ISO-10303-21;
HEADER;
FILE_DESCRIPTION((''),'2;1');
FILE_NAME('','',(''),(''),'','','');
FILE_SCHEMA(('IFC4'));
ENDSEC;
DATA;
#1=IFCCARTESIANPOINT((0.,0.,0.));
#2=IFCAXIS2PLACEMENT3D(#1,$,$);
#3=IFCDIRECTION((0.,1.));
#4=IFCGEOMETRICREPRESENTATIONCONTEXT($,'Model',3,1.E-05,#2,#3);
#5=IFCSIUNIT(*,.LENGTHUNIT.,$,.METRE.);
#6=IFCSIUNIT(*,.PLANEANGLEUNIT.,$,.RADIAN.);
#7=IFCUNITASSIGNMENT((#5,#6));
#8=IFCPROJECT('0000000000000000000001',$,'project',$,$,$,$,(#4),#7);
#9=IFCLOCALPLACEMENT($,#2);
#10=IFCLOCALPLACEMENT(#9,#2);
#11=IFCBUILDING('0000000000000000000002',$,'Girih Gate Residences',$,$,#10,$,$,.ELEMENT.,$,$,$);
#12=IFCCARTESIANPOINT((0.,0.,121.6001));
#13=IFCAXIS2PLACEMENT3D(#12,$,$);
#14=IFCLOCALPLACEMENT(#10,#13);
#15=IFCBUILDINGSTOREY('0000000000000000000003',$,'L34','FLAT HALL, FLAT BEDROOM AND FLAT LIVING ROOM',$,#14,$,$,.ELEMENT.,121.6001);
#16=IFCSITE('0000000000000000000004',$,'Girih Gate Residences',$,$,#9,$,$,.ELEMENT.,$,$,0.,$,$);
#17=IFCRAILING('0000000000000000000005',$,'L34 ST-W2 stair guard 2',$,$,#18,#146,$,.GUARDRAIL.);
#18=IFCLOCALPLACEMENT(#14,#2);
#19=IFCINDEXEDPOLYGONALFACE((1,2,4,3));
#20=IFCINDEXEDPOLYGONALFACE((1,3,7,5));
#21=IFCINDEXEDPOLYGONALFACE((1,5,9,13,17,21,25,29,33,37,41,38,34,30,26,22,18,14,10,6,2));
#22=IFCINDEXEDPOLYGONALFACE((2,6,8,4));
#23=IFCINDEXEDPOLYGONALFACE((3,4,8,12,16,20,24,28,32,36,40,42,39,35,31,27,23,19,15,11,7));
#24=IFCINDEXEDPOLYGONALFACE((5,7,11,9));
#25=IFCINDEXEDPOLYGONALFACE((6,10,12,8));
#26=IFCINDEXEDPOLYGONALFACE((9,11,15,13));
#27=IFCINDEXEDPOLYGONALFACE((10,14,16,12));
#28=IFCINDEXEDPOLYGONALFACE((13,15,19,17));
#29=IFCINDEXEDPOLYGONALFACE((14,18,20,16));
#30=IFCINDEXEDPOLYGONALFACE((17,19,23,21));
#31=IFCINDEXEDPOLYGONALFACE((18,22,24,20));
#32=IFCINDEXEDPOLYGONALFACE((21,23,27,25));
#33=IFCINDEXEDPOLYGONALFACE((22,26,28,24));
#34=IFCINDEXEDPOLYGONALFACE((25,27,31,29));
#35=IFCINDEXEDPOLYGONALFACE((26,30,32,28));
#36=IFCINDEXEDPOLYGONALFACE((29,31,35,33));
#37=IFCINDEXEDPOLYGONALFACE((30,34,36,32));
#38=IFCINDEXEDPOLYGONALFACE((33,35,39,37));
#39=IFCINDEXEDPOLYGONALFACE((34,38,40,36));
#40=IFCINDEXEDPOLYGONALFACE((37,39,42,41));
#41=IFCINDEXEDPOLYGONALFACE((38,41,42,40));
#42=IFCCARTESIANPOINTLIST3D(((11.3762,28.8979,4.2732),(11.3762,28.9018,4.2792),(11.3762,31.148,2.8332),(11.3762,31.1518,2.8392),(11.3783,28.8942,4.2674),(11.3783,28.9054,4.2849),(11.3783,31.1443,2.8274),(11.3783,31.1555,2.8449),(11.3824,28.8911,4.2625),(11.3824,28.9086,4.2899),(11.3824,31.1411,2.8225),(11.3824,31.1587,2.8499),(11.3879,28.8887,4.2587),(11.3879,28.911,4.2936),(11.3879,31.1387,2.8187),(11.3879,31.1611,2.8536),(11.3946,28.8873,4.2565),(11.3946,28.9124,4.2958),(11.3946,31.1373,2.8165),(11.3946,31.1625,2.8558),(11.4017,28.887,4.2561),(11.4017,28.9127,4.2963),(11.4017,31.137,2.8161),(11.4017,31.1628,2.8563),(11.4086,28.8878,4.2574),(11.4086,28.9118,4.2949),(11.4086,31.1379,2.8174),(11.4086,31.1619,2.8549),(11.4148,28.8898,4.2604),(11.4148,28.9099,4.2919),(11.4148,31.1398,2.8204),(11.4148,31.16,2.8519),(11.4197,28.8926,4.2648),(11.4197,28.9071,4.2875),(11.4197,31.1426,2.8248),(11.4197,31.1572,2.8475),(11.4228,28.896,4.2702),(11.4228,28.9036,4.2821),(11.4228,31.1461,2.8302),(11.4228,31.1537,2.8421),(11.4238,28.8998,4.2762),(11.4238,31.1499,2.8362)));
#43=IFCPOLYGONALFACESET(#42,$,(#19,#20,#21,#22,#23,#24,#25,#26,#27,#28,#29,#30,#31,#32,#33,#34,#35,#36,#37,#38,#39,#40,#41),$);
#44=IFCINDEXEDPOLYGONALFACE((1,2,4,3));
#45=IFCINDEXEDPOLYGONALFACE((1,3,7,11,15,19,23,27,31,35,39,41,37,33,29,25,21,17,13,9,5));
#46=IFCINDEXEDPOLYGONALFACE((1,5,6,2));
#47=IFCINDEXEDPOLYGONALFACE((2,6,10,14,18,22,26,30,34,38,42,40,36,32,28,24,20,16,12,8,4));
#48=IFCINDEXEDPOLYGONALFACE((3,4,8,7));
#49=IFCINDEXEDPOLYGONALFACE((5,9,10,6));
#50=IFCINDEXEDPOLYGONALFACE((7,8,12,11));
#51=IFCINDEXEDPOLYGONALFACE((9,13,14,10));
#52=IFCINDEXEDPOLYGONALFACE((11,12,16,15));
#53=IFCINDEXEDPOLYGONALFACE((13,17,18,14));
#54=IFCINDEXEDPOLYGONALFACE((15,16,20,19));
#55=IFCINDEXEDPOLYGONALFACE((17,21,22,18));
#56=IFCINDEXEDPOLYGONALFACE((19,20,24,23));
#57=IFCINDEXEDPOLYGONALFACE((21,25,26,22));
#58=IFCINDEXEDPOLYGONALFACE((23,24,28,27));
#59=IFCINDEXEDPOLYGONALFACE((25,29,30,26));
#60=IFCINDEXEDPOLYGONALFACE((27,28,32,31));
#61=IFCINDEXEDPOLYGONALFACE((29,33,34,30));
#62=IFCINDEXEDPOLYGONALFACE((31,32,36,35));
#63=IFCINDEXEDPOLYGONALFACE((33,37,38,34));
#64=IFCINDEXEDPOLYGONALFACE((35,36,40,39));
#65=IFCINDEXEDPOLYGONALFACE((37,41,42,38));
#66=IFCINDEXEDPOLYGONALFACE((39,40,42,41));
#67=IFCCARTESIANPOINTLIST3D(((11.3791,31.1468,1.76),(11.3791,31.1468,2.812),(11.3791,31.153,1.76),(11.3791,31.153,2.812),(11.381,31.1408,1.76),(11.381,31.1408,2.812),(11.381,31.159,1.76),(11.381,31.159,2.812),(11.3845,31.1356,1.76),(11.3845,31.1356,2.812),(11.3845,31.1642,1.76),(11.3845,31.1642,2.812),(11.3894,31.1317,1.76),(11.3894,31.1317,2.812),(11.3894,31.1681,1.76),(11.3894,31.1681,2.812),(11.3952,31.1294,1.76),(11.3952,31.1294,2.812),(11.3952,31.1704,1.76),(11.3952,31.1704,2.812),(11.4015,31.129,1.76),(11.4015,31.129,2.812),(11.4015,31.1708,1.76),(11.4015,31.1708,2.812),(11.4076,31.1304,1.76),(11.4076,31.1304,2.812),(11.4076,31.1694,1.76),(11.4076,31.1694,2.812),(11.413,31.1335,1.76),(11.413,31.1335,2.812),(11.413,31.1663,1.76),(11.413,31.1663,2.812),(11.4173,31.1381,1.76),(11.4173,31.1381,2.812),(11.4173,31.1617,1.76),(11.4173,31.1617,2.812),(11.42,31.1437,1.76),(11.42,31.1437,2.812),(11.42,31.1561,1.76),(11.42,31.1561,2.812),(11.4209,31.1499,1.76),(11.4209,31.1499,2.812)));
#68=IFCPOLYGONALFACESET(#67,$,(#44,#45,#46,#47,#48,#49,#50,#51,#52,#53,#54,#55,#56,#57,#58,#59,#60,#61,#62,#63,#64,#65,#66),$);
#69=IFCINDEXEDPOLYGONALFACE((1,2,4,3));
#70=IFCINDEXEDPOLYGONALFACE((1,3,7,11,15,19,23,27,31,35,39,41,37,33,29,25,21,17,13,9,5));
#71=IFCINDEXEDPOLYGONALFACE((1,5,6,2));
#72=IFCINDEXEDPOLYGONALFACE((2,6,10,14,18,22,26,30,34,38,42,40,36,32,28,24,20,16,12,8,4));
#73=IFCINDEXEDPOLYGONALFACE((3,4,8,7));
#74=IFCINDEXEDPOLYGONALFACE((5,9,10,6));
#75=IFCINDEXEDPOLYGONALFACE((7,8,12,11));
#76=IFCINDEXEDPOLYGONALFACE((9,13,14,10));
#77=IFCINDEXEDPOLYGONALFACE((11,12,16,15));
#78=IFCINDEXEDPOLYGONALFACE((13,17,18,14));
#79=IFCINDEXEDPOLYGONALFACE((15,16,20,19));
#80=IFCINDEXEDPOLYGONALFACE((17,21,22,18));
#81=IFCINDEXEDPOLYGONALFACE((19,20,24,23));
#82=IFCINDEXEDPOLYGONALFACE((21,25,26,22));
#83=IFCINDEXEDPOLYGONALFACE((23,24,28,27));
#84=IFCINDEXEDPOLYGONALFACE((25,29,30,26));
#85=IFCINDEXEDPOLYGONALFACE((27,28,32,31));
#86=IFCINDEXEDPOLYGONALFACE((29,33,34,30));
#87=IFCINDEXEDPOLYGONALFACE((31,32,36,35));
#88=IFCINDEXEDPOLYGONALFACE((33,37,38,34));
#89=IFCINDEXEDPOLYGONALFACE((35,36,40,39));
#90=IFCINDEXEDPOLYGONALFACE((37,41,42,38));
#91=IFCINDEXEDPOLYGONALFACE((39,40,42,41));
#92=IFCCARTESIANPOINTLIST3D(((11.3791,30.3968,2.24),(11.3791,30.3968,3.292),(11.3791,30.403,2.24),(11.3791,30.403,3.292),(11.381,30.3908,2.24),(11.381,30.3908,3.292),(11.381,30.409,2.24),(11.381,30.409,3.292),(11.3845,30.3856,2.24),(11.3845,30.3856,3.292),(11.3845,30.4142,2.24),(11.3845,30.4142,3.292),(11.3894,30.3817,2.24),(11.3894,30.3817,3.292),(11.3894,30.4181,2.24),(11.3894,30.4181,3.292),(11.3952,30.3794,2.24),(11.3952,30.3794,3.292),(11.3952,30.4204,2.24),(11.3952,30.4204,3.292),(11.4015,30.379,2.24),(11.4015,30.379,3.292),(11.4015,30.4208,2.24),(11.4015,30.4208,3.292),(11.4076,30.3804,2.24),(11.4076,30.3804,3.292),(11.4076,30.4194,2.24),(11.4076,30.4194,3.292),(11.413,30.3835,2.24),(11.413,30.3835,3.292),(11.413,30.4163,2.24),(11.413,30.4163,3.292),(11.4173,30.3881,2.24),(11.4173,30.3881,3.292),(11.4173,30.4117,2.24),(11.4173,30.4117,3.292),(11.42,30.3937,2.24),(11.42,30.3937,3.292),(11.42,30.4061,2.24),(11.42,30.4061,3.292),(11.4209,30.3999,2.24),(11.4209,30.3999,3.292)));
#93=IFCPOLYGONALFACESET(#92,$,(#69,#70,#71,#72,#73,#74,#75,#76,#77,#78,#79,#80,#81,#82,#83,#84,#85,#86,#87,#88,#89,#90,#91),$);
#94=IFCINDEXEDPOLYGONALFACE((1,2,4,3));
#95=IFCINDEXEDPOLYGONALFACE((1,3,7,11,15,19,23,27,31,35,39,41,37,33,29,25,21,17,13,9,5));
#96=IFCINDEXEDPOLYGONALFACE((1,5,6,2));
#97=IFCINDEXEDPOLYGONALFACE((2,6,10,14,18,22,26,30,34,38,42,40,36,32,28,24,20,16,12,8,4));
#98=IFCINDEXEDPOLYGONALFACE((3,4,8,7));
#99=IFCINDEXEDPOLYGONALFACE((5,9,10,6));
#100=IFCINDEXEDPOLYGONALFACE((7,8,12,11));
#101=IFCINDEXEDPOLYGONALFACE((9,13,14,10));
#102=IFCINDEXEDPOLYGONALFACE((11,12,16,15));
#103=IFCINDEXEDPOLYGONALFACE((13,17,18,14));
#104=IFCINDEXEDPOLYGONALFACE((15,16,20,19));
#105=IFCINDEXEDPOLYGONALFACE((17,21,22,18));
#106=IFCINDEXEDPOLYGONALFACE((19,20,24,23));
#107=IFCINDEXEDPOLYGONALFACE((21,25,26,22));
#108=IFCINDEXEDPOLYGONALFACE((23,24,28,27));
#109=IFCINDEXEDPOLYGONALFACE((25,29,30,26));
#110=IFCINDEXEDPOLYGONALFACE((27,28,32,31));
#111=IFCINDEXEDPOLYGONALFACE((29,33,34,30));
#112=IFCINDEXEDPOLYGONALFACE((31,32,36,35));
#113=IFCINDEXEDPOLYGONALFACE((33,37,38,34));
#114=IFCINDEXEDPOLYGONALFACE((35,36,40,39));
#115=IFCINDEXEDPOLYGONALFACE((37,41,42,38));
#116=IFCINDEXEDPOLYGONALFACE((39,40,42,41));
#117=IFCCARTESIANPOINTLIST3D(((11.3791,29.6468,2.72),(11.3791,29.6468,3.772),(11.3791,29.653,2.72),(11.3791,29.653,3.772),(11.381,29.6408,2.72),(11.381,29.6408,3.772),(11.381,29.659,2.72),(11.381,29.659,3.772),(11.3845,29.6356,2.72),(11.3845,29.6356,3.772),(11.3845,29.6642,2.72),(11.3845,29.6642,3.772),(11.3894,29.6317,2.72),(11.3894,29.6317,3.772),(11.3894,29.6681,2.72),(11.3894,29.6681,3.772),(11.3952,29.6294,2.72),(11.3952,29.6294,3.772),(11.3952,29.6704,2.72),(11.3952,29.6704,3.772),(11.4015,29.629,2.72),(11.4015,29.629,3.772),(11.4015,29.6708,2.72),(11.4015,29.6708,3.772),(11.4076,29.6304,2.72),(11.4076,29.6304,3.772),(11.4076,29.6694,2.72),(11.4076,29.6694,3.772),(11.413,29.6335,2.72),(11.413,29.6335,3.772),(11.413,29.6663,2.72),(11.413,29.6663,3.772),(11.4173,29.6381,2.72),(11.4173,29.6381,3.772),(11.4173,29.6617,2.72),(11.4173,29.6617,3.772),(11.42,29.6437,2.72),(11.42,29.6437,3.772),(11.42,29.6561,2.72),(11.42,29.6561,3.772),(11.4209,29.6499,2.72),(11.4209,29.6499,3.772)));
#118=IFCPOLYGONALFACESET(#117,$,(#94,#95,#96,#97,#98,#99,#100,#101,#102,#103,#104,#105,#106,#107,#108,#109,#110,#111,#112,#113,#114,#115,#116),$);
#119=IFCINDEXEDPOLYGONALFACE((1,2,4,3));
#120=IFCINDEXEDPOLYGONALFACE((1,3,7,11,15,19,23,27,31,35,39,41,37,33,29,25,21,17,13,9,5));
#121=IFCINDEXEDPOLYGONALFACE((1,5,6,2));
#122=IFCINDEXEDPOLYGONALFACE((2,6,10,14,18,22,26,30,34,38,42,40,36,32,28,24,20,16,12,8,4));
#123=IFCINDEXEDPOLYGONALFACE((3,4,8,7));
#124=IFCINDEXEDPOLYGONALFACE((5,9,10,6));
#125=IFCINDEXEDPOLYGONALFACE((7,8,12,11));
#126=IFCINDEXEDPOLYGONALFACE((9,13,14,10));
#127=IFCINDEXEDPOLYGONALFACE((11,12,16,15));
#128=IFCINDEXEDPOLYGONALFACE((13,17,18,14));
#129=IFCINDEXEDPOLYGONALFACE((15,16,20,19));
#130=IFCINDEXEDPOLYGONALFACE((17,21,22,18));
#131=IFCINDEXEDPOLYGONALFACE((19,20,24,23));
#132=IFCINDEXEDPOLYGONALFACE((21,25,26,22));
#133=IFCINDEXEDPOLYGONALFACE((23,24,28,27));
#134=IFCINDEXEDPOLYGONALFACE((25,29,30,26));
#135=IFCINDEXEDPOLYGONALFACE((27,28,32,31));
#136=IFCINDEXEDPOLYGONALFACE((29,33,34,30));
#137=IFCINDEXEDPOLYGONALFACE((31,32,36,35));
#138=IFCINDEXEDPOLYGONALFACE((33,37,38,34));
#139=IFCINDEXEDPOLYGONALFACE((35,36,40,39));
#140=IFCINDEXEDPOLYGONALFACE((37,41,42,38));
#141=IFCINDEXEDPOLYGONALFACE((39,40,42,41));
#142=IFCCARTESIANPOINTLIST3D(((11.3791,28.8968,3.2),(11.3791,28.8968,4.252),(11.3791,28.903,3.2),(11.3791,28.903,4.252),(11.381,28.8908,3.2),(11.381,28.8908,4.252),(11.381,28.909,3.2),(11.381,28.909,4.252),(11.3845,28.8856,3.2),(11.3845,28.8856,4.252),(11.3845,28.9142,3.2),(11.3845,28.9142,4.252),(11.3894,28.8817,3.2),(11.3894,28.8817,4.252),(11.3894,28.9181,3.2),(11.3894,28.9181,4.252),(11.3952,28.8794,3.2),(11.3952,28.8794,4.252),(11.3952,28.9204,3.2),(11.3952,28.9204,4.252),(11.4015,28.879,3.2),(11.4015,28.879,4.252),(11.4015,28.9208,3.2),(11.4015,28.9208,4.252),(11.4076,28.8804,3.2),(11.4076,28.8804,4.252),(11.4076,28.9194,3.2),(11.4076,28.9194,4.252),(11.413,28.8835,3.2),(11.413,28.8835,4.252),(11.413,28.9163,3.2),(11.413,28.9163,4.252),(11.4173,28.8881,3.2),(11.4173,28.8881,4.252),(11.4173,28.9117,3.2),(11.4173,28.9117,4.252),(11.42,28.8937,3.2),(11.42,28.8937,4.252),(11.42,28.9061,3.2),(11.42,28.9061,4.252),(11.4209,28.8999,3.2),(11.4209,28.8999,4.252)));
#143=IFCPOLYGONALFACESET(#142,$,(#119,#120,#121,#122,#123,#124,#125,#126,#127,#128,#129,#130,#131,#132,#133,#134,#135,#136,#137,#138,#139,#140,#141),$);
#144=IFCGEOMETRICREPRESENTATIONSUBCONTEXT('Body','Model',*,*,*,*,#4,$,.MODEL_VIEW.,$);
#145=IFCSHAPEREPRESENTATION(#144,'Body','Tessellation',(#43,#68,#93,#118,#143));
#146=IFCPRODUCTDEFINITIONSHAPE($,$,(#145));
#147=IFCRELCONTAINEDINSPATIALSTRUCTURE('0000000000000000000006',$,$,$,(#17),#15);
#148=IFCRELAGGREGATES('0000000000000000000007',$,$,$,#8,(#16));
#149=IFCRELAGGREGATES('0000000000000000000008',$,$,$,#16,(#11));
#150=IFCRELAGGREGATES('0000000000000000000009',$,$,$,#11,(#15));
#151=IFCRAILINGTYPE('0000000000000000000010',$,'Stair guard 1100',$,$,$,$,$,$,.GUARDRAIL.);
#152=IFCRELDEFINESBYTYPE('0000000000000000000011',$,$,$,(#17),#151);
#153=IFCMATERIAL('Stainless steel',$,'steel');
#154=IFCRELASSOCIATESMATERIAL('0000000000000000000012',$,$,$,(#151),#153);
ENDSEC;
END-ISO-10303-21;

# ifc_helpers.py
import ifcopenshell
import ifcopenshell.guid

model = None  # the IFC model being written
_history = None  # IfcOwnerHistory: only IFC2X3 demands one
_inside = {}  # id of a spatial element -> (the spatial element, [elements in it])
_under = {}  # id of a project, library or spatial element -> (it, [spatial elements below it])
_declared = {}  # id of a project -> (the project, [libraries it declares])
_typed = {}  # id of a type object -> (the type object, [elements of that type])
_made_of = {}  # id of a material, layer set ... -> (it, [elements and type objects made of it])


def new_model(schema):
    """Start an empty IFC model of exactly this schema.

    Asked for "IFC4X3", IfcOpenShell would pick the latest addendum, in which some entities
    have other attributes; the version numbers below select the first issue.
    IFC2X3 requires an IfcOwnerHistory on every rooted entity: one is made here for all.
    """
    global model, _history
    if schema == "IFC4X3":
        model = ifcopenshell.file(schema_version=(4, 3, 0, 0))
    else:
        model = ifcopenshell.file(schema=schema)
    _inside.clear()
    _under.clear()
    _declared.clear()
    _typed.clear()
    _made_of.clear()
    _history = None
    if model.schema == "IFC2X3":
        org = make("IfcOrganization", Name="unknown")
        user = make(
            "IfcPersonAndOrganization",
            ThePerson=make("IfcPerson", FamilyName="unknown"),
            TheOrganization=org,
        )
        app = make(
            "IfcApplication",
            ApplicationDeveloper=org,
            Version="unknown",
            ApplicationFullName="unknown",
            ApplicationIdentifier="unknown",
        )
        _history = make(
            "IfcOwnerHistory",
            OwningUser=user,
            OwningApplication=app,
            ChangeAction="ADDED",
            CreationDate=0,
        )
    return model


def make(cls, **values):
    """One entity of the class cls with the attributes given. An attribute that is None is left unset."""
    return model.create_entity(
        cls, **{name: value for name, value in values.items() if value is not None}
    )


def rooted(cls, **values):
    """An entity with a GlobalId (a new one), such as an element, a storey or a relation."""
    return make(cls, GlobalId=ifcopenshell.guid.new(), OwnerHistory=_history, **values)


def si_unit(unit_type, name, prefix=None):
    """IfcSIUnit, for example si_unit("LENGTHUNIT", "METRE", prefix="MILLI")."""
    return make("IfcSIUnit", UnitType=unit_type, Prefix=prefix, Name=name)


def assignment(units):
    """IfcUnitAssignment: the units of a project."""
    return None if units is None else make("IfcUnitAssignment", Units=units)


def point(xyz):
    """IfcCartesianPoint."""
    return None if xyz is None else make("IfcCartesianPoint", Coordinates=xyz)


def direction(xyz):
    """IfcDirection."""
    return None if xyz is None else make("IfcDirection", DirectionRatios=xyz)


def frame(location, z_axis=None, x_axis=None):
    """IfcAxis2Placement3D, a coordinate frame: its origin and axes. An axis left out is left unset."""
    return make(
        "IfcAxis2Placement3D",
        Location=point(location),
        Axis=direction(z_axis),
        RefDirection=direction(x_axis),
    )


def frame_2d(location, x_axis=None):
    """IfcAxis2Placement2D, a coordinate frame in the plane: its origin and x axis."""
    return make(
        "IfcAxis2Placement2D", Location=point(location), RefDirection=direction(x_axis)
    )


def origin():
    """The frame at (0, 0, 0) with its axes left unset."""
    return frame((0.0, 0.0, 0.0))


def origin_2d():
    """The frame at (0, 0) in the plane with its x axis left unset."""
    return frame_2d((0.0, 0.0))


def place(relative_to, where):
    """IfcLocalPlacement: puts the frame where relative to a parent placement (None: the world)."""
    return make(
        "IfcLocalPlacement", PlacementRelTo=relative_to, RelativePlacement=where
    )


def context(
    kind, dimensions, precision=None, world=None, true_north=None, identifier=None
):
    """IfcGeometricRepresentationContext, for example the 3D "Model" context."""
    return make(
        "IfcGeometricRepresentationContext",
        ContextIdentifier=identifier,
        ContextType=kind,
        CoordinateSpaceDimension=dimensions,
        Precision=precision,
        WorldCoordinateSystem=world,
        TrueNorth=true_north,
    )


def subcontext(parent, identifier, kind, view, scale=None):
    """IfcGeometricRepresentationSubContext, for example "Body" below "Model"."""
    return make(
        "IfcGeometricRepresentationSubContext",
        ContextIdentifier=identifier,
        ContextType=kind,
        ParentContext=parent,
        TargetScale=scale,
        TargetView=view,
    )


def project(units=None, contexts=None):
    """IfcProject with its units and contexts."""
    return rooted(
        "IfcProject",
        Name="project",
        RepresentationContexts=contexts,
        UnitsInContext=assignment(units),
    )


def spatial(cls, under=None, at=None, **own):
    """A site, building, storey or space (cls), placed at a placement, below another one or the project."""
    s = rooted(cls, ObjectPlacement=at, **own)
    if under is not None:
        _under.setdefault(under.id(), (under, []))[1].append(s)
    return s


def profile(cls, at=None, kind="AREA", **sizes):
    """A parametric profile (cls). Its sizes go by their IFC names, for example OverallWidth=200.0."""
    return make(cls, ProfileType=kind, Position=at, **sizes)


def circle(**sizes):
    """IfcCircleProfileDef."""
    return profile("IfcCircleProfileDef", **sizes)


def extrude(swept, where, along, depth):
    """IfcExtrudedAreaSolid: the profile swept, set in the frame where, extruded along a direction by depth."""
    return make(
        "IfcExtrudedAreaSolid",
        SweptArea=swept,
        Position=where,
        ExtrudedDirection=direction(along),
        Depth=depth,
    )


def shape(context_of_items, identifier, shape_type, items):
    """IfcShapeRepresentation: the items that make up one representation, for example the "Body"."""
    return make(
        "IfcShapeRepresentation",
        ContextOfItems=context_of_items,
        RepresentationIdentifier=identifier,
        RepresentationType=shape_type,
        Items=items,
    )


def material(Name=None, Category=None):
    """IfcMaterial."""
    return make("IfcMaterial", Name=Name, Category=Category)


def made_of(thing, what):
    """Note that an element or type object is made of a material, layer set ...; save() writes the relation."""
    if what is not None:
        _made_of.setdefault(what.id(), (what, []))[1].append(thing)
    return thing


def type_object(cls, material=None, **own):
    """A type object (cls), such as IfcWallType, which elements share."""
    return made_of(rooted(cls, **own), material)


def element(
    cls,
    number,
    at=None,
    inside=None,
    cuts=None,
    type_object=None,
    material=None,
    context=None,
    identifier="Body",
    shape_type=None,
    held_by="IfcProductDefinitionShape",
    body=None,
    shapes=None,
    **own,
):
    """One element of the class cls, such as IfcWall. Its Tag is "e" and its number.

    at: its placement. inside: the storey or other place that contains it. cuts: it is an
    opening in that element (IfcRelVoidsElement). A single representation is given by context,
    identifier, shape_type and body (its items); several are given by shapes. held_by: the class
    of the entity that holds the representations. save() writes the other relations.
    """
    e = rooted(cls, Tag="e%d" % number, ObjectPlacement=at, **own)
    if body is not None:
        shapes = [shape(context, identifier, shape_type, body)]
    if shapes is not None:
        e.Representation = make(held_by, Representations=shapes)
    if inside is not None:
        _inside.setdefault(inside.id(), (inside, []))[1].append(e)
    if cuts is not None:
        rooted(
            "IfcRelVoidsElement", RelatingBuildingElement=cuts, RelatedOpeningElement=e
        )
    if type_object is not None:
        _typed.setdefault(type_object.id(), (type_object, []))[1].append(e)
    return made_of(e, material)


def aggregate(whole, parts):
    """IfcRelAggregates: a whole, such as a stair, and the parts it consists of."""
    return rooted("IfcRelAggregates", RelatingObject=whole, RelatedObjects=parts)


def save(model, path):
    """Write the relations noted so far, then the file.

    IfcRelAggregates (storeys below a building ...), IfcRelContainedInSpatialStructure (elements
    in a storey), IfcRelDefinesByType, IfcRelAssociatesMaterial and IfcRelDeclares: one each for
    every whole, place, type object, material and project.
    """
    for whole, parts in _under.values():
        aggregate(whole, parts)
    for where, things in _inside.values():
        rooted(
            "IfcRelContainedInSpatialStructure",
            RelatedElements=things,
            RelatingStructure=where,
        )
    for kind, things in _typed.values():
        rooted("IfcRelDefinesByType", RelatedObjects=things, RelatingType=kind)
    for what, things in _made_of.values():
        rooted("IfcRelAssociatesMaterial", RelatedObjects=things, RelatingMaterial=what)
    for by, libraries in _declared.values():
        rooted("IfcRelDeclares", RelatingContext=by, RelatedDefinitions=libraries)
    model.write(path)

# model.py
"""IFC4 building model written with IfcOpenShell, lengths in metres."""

from ifc_helpers import new_model, si_unit, direction, frame, origin, origin_2d, place, context, subcontext, project, spatial, circle, extrude, material, type_object, element, save


model = new_model("IFC4")

# Units and contexts
model_context = context("Model", 3, precision=1e-05, world=origin(), true_north=direction((0.0, 1.0)))
body_context = subcontext(model_context, "Body", "Model", "MODEL_VIEW")
ifc_project = project(units=[si_unit("LENGTHUNIT", "METRE"), si_unit("PLANEANGLEUNIT", "RADIAN")], contexts=[model_context])

# Site, building, storey
site_placement = place(None, origin())
site = spatial("IfcSite", under=ifc_project, at=site_placement, Name="Girih Gate Residences", CompositionType="ELEMENT", RefElevation=0.0)
building_placement = place(site_placement, origin())
building = spatial("IfcBuilding", under=site, at=building_placement, Name="Girih Gate Residences", CompositionType="ELEMENT")
storey_placement = place(building_placement, frame((0.0, 0.0, 121.6001)))
storey = spatial("IfcBuildingStorey", under=building, at=storey_placement, Name="L34", Description="FLAT HALL, FLAT BEDROOM AND FLAT LIVING ROOM", CompositionType="ELEMENT", Elevation=121.6001)

# Railing
ifc_material_1 = material(Name="Stainless steel", Category="steel")
railing_type_1 = type_object("IfcRailingType", Name="Stair guard 1100", PredefinedType="GUARDRAIL", material=ifc_material_1)
railing_1_placement = place(storey_placement, frame((11.3999, 31.1499, 1.76)))
element("IfcRailing", 1, at=railing_1_placement, inside=storey, type_object=railing_type_1, Name="L34 ST-W2 stair guard 2", PredefinedType="GUARDRAIL", context=body_context, shape_type="SweptSolid", body=[
    extrude(circle(Radius=0.0239, at=origin_2d()), frame((0.0, 0.0, 1.0762), z_axis=(0.0, -0.842281, 0.539038), x_axis=(1.0, 0.0, 0.0)), (0.0, 0.0, 1.0), 2.6714),
    extrude(circle(Radius=0.021, at=origin_2d()), origin(), (0.0, 0.0, 1.0), 1.052),
    extrude(circle(Radius=0.021, at=origin_2d()), frame((0.0, -0.75, 0.48)), (0.0, 0.0, 1.0), 1.052),
    extrude(circle(Radius=0.021, at=origin_2d()), frame((0.0, -1.5, 0.96)), (0.0, 0.0, 1.0), 1.052),
    extrude(circle(Radius=0.021, at=origin_2d()), frame((0.0, -2.25, 1.4399)), (0.0, 0.0, 1.0), 1.052),
])

save(model, "model.ifc")
